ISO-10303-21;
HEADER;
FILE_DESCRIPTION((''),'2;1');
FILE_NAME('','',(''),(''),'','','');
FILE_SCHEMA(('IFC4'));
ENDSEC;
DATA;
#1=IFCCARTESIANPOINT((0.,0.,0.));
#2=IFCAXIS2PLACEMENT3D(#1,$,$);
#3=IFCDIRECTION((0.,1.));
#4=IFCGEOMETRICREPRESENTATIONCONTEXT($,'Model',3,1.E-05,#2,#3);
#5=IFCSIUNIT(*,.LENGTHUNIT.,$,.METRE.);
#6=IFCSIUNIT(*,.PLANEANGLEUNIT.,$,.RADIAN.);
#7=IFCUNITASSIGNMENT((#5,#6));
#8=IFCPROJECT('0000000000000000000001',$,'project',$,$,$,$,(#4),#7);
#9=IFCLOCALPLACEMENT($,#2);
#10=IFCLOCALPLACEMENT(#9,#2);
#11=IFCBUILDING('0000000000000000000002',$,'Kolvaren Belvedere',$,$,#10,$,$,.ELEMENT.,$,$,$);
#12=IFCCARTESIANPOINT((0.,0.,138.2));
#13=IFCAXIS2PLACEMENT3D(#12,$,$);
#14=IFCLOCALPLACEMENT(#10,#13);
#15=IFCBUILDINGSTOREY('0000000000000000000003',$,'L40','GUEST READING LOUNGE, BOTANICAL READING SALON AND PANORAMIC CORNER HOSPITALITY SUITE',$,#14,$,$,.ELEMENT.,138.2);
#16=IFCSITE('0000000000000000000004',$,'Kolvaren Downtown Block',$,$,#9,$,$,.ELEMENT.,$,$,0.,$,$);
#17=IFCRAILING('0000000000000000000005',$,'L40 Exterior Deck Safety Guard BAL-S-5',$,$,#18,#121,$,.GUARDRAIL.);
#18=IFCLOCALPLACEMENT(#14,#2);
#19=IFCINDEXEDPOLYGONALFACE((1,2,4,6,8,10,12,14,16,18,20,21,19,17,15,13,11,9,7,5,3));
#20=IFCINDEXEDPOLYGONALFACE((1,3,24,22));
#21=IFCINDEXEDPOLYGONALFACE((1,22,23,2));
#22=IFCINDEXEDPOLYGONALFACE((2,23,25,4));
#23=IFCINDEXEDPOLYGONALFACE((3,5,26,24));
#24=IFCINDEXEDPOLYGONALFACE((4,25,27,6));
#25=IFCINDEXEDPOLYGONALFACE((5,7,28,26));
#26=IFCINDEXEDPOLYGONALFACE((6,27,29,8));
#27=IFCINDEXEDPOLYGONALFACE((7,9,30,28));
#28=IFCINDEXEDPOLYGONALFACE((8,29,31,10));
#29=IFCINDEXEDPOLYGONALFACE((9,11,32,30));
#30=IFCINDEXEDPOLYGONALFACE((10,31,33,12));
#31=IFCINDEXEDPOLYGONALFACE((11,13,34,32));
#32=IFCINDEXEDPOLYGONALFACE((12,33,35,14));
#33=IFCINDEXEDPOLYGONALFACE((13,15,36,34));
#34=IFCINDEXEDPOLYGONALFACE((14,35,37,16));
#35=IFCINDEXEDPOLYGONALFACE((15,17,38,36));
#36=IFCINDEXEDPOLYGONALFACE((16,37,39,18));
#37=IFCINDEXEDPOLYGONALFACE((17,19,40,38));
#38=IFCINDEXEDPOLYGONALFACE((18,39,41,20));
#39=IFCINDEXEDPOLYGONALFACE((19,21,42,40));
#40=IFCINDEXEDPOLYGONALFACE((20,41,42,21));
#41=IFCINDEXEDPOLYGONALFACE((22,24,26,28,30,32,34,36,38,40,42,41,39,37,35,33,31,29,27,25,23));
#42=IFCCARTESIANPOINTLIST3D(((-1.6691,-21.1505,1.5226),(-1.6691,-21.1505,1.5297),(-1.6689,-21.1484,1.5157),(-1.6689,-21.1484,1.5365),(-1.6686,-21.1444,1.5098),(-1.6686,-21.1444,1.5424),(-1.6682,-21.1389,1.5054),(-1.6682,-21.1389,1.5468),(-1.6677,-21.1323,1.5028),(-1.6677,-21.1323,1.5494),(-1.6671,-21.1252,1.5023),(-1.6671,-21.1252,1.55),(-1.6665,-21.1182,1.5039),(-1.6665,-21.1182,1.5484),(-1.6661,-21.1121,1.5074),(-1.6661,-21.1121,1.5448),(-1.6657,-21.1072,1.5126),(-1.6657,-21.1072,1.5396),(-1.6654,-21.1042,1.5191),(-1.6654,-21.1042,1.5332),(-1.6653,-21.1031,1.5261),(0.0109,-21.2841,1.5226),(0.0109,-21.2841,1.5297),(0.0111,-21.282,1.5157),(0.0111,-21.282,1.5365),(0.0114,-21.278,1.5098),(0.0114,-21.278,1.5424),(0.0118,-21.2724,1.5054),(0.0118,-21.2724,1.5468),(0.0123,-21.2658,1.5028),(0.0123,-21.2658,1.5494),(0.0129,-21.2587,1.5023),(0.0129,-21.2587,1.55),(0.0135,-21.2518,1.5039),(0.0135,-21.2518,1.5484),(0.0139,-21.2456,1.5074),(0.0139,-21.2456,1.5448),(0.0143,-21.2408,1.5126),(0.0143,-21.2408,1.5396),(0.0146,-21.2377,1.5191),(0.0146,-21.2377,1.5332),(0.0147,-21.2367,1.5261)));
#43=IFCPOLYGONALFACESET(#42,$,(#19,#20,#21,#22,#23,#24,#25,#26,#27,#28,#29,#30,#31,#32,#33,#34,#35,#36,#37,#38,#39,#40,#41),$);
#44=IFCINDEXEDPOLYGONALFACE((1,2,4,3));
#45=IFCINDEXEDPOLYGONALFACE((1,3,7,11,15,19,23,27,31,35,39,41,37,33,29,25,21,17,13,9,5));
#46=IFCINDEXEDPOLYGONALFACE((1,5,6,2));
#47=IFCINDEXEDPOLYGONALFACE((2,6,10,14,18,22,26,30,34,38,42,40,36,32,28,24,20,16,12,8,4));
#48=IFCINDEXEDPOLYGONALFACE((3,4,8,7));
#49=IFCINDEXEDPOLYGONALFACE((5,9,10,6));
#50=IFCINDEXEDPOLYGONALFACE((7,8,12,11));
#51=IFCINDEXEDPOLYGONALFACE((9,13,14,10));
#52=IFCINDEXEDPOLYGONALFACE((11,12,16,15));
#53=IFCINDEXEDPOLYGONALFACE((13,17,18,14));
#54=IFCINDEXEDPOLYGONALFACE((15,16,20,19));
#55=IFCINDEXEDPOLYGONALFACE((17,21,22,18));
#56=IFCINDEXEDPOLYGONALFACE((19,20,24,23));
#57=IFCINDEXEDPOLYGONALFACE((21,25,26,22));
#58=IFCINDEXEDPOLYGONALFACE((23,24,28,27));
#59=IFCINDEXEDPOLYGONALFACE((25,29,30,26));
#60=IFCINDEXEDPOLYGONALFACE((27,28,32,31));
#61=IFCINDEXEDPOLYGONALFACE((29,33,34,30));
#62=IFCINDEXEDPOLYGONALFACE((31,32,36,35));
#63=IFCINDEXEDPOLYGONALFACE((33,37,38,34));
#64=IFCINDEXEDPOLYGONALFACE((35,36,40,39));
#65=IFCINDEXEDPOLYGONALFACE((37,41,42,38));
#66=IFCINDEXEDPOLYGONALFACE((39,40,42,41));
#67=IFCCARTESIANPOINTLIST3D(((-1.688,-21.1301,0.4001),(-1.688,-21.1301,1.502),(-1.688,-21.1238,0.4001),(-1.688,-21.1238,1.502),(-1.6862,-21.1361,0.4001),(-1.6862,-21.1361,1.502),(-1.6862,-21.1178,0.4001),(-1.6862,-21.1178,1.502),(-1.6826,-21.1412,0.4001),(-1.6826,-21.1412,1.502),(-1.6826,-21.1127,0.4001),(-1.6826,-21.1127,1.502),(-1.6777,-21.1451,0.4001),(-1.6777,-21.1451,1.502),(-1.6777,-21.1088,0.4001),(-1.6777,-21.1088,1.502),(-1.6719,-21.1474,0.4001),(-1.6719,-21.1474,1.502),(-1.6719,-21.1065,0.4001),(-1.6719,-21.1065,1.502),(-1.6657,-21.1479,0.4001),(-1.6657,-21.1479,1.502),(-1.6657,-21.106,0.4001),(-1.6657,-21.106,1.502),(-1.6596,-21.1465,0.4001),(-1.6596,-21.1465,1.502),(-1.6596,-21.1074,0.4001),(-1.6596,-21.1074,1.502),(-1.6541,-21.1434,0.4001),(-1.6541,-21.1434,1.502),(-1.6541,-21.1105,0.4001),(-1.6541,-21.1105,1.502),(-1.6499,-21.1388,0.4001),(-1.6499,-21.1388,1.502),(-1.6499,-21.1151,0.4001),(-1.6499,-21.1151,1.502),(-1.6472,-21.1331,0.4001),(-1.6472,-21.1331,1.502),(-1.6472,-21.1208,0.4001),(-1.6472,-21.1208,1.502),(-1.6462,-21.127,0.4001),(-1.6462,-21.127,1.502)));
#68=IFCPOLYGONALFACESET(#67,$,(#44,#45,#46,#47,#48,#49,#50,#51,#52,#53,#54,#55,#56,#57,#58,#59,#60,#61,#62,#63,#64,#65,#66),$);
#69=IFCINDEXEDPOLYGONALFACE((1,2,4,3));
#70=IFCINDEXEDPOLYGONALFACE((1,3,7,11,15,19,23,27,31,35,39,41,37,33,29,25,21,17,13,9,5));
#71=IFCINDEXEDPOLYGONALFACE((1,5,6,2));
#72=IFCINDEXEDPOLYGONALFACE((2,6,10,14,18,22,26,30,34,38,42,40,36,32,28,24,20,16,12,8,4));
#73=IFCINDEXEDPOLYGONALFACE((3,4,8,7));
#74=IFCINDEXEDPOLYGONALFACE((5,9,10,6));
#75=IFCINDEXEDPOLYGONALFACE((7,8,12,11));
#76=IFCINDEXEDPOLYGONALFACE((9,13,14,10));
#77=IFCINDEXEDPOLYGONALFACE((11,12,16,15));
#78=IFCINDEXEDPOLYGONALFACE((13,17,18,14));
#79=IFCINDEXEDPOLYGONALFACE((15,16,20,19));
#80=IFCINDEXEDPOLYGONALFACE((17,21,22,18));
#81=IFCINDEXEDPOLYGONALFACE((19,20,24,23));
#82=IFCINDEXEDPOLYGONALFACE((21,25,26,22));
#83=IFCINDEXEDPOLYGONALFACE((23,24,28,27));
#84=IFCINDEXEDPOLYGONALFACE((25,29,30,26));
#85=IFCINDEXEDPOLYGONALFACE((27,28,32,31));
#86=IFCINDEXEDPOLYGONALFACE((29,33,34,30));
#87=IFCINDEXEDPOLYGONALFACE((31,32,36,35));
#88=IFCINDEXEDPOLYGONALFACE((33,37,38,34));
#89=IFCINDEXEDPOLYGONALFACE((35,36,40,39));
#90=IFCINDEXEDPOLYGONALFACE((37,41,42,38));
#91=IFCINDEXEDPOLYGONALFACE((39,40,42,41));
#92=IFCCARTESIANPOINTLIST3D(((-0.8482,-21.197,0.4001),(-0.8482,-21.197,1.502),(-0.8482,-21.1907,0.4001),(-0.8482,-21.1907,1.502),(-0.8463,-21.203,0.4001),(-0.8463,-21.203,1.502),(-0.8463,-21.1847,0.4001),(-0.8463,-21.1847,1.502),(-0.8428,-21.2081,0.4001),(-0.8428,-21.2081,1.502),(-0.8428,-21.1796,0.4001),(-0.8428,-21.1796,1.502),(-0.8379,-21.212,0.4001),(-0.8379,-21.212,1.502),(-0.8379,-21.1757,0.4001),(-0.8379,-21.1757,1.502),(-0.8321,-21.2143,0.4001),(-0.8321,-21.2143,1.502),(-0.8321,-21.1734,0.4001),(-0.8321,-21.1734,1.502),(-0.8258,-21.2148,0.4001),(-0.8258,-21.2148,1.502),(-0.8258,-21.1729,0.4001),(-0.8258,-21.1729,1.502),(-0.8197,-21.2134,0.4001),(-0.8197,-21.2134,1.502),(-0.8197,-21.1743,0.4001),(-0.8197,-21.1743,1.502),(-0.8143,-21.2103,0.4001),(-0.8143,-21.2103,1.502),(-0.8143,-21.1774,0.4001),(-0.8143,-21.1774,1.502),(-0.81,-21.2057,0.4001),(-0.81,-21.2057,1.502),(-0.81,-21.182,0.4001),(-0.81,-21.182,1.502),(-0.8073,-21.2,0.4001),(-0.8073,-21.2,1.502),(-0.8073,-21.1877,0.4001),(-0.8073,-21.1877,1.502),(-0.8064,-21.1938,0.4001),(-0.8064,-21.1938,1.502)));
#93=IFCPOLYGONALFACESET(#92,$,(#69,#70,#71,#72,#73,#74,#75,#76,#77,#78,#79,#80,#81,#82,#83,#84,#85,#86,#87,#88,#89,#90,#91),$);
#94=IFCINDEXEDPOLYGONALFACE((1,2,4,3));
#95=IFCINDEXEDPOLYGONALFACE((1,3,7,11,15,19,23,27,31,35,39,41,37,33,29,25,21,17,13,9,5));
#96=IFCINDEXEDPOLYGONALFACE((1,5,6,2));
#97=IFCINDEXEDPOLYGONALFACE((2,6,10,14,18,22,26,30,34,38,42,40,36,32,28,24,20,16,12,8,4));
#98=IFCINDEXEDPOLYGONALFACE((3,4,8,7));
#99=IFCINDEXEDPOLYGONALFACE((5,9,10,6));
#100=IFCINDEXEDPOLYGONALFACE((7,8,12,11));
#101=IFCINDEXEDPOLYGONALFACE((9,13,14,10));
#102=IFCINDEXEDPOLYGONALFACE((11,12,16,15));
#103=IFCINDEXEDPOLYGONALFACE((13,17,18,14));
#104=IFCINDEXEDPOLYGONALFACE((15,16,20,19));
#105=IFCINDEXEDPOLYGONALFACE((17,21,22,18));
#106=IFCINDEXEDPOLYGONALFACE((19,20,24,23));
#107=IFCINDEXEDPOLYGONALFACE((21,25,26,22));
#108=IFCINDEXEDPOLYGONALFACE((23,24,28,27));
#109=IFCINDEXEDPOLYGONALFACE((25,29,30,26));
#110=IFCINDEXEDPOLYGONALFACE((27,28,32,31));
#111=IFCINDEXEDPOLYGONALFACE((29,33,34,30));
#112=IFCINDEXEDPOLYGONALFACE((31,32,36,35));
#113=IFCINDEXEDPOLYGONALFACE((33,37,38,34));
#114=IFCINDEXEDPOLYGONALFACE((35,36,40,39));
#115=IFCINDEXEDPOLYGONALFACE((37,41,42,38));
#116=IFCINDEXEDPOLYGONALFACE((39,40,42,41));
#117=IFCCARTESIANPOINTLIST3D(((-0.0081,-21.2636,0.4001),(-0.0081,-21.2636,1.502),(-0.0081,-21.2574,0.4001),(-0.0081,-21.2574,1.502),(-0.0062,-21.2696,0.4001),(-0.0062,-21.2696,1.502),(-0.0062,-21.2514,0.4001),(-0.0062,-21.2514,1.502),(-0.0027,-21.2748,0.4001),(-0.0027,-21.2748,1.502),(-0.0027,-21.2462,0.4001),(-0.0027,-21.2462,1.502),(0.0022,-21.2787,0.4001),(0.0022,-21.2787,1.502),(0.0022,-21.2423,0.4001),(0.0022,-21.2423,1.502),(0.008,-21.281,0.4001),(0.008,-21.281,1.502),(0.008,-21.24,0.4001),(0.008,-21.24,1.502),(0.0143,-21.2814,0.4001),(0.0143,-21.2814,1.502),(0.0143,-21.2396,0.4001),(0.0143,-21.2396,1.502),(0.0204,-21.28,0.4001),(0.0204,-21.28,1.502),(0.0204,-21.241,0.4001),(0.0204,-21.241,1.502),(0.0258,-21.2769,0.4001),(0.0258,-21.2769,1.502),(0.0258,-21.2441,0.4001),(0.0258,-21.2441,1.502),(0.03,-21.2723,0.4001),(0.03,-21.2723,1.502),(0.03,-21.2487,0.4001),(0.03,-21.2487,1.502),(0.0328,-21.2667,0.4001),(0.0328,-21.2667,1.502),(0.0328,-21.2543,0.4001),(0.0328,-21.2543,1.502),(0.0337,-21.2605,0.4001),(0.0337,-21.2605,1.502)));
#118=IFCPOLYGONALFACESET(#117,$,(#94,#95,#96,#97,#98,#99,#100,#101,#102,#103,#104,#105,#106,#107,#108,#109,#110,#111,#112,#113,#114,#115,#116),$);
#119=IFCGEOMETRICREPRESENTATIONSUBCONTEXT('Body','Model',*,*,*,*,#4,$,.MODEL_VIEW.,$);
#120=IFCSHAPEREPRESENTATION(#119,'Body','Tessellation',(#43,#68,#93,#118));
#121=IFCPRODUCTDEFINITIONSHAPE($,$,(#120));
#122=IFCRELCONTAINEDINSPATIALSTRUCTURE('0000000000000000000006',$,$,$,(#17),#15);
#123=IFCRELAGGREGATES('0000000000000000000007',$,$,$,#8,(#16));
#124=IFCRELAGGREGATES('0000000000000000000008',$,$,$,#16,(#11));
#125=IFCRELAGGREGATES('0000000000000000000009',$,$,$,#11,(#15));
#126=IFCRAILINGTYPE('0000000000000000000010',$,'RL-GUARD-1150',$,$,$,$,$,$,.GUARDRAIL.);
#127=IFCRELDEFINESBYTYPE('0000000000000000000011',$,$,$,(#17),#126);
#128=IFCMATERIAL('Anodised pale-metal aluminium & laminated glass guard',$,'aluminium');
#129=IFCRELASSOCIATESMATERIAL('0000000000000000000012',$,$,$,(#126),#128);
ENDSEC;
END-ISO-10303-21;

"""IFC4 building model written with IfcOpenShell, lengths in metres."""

from ifc_helpers import new_model, si_unit, direction, frame, origin, origin_2d, place, context, subcontext, project, spatial, circle, extrude, material, type_object, element, save


model = new_model("IFC4")

# Units and contexts
model_context = context("Model", 3, precision=1e-05, world=origin(), true_north=direction((0.0, 1.0)))
body_context = subcontext(model_context, "Body", "Model", "MODEL_VIEW")
ifc_project = project(units=[si_unit("LENGTHUNIT", "METRE"), si_unit("PLANEANGLEUNIT", "RADIAN")], contexts=[model_context])

# Site, building, storey
site_placement = place(None, origin())
site = spatial("IfcSite", under=ifc_project, at=site_placement, Name="Kolvaren Downtown Block", CompositionType="ELEMENT", RefElevation=0.0)
building_placement = place(site_placement, origin())
building = spatial("IfcBuilding", under=site, at=building_placement, Name="Kolvaren Belvedere", CompositionType="ELEMENT")
storey_placement = place(building_placement, frame((0.0, 0.0, 138.2)))
storey = spatial("IfcBuildingStorey", under=building, at=storey_placement, Name="L40", Description="GUEST READING LOUNGE, BOTANICAL READING SALON AND PANORAMIC CORNER HOSPITALITY SUITE", CompositionType="ELEMENT", Elevation=138.2)

# Railing
ifc_material_1 = material(Name="Anodised pale-metal aluminium & laminated glass guard", Category="aluminium")
railing_type = type_object("IfcRailingType", Name="RL-GUARD-1150", PredefinedType="GUARDRAIL", material=ifc_material_1)
railing_1_placement = place(storey_placement, frame((-1.6672, -21.127, 0.4001)))
element("IfcRailing", 1, at=railing_1_placement, inside=storey, type_object=railing_type, Name="L40 Exterior Deck Safety Guard BAL-S-5", PredefinedType="GUARDRAIL", context=body_context, shape_type="SweptSolid", body=[
    extrude(circle(Radius=0.0239, at=origin_2d()), frame((0.0, 0.0, 1.126), z_axis=(0.996855, -0.079244, 0.0), x_axis=(0.079244, 0.996855, 0.0)), (0.0, 0.0, 1.0), 1.6853),
    extrude(circle(Radius=0.021, at=origin_2d()), origin(), (0.0, 0.0, 1.0), 1.1018),
    extrude(circle(Radius=0.021, at=origin_2d()), frame((0.8398, -0.0669, 0.0)), (0.0, 0.0, 1.0), 1.1018),
    extrude(circle(Radius=0.021, at=origin_2d()), frame((1.6799, -0.1335, 0.0)), (0.0, 0.0, 1.0), 1.1018),
])

save(model, "model.ifc")
